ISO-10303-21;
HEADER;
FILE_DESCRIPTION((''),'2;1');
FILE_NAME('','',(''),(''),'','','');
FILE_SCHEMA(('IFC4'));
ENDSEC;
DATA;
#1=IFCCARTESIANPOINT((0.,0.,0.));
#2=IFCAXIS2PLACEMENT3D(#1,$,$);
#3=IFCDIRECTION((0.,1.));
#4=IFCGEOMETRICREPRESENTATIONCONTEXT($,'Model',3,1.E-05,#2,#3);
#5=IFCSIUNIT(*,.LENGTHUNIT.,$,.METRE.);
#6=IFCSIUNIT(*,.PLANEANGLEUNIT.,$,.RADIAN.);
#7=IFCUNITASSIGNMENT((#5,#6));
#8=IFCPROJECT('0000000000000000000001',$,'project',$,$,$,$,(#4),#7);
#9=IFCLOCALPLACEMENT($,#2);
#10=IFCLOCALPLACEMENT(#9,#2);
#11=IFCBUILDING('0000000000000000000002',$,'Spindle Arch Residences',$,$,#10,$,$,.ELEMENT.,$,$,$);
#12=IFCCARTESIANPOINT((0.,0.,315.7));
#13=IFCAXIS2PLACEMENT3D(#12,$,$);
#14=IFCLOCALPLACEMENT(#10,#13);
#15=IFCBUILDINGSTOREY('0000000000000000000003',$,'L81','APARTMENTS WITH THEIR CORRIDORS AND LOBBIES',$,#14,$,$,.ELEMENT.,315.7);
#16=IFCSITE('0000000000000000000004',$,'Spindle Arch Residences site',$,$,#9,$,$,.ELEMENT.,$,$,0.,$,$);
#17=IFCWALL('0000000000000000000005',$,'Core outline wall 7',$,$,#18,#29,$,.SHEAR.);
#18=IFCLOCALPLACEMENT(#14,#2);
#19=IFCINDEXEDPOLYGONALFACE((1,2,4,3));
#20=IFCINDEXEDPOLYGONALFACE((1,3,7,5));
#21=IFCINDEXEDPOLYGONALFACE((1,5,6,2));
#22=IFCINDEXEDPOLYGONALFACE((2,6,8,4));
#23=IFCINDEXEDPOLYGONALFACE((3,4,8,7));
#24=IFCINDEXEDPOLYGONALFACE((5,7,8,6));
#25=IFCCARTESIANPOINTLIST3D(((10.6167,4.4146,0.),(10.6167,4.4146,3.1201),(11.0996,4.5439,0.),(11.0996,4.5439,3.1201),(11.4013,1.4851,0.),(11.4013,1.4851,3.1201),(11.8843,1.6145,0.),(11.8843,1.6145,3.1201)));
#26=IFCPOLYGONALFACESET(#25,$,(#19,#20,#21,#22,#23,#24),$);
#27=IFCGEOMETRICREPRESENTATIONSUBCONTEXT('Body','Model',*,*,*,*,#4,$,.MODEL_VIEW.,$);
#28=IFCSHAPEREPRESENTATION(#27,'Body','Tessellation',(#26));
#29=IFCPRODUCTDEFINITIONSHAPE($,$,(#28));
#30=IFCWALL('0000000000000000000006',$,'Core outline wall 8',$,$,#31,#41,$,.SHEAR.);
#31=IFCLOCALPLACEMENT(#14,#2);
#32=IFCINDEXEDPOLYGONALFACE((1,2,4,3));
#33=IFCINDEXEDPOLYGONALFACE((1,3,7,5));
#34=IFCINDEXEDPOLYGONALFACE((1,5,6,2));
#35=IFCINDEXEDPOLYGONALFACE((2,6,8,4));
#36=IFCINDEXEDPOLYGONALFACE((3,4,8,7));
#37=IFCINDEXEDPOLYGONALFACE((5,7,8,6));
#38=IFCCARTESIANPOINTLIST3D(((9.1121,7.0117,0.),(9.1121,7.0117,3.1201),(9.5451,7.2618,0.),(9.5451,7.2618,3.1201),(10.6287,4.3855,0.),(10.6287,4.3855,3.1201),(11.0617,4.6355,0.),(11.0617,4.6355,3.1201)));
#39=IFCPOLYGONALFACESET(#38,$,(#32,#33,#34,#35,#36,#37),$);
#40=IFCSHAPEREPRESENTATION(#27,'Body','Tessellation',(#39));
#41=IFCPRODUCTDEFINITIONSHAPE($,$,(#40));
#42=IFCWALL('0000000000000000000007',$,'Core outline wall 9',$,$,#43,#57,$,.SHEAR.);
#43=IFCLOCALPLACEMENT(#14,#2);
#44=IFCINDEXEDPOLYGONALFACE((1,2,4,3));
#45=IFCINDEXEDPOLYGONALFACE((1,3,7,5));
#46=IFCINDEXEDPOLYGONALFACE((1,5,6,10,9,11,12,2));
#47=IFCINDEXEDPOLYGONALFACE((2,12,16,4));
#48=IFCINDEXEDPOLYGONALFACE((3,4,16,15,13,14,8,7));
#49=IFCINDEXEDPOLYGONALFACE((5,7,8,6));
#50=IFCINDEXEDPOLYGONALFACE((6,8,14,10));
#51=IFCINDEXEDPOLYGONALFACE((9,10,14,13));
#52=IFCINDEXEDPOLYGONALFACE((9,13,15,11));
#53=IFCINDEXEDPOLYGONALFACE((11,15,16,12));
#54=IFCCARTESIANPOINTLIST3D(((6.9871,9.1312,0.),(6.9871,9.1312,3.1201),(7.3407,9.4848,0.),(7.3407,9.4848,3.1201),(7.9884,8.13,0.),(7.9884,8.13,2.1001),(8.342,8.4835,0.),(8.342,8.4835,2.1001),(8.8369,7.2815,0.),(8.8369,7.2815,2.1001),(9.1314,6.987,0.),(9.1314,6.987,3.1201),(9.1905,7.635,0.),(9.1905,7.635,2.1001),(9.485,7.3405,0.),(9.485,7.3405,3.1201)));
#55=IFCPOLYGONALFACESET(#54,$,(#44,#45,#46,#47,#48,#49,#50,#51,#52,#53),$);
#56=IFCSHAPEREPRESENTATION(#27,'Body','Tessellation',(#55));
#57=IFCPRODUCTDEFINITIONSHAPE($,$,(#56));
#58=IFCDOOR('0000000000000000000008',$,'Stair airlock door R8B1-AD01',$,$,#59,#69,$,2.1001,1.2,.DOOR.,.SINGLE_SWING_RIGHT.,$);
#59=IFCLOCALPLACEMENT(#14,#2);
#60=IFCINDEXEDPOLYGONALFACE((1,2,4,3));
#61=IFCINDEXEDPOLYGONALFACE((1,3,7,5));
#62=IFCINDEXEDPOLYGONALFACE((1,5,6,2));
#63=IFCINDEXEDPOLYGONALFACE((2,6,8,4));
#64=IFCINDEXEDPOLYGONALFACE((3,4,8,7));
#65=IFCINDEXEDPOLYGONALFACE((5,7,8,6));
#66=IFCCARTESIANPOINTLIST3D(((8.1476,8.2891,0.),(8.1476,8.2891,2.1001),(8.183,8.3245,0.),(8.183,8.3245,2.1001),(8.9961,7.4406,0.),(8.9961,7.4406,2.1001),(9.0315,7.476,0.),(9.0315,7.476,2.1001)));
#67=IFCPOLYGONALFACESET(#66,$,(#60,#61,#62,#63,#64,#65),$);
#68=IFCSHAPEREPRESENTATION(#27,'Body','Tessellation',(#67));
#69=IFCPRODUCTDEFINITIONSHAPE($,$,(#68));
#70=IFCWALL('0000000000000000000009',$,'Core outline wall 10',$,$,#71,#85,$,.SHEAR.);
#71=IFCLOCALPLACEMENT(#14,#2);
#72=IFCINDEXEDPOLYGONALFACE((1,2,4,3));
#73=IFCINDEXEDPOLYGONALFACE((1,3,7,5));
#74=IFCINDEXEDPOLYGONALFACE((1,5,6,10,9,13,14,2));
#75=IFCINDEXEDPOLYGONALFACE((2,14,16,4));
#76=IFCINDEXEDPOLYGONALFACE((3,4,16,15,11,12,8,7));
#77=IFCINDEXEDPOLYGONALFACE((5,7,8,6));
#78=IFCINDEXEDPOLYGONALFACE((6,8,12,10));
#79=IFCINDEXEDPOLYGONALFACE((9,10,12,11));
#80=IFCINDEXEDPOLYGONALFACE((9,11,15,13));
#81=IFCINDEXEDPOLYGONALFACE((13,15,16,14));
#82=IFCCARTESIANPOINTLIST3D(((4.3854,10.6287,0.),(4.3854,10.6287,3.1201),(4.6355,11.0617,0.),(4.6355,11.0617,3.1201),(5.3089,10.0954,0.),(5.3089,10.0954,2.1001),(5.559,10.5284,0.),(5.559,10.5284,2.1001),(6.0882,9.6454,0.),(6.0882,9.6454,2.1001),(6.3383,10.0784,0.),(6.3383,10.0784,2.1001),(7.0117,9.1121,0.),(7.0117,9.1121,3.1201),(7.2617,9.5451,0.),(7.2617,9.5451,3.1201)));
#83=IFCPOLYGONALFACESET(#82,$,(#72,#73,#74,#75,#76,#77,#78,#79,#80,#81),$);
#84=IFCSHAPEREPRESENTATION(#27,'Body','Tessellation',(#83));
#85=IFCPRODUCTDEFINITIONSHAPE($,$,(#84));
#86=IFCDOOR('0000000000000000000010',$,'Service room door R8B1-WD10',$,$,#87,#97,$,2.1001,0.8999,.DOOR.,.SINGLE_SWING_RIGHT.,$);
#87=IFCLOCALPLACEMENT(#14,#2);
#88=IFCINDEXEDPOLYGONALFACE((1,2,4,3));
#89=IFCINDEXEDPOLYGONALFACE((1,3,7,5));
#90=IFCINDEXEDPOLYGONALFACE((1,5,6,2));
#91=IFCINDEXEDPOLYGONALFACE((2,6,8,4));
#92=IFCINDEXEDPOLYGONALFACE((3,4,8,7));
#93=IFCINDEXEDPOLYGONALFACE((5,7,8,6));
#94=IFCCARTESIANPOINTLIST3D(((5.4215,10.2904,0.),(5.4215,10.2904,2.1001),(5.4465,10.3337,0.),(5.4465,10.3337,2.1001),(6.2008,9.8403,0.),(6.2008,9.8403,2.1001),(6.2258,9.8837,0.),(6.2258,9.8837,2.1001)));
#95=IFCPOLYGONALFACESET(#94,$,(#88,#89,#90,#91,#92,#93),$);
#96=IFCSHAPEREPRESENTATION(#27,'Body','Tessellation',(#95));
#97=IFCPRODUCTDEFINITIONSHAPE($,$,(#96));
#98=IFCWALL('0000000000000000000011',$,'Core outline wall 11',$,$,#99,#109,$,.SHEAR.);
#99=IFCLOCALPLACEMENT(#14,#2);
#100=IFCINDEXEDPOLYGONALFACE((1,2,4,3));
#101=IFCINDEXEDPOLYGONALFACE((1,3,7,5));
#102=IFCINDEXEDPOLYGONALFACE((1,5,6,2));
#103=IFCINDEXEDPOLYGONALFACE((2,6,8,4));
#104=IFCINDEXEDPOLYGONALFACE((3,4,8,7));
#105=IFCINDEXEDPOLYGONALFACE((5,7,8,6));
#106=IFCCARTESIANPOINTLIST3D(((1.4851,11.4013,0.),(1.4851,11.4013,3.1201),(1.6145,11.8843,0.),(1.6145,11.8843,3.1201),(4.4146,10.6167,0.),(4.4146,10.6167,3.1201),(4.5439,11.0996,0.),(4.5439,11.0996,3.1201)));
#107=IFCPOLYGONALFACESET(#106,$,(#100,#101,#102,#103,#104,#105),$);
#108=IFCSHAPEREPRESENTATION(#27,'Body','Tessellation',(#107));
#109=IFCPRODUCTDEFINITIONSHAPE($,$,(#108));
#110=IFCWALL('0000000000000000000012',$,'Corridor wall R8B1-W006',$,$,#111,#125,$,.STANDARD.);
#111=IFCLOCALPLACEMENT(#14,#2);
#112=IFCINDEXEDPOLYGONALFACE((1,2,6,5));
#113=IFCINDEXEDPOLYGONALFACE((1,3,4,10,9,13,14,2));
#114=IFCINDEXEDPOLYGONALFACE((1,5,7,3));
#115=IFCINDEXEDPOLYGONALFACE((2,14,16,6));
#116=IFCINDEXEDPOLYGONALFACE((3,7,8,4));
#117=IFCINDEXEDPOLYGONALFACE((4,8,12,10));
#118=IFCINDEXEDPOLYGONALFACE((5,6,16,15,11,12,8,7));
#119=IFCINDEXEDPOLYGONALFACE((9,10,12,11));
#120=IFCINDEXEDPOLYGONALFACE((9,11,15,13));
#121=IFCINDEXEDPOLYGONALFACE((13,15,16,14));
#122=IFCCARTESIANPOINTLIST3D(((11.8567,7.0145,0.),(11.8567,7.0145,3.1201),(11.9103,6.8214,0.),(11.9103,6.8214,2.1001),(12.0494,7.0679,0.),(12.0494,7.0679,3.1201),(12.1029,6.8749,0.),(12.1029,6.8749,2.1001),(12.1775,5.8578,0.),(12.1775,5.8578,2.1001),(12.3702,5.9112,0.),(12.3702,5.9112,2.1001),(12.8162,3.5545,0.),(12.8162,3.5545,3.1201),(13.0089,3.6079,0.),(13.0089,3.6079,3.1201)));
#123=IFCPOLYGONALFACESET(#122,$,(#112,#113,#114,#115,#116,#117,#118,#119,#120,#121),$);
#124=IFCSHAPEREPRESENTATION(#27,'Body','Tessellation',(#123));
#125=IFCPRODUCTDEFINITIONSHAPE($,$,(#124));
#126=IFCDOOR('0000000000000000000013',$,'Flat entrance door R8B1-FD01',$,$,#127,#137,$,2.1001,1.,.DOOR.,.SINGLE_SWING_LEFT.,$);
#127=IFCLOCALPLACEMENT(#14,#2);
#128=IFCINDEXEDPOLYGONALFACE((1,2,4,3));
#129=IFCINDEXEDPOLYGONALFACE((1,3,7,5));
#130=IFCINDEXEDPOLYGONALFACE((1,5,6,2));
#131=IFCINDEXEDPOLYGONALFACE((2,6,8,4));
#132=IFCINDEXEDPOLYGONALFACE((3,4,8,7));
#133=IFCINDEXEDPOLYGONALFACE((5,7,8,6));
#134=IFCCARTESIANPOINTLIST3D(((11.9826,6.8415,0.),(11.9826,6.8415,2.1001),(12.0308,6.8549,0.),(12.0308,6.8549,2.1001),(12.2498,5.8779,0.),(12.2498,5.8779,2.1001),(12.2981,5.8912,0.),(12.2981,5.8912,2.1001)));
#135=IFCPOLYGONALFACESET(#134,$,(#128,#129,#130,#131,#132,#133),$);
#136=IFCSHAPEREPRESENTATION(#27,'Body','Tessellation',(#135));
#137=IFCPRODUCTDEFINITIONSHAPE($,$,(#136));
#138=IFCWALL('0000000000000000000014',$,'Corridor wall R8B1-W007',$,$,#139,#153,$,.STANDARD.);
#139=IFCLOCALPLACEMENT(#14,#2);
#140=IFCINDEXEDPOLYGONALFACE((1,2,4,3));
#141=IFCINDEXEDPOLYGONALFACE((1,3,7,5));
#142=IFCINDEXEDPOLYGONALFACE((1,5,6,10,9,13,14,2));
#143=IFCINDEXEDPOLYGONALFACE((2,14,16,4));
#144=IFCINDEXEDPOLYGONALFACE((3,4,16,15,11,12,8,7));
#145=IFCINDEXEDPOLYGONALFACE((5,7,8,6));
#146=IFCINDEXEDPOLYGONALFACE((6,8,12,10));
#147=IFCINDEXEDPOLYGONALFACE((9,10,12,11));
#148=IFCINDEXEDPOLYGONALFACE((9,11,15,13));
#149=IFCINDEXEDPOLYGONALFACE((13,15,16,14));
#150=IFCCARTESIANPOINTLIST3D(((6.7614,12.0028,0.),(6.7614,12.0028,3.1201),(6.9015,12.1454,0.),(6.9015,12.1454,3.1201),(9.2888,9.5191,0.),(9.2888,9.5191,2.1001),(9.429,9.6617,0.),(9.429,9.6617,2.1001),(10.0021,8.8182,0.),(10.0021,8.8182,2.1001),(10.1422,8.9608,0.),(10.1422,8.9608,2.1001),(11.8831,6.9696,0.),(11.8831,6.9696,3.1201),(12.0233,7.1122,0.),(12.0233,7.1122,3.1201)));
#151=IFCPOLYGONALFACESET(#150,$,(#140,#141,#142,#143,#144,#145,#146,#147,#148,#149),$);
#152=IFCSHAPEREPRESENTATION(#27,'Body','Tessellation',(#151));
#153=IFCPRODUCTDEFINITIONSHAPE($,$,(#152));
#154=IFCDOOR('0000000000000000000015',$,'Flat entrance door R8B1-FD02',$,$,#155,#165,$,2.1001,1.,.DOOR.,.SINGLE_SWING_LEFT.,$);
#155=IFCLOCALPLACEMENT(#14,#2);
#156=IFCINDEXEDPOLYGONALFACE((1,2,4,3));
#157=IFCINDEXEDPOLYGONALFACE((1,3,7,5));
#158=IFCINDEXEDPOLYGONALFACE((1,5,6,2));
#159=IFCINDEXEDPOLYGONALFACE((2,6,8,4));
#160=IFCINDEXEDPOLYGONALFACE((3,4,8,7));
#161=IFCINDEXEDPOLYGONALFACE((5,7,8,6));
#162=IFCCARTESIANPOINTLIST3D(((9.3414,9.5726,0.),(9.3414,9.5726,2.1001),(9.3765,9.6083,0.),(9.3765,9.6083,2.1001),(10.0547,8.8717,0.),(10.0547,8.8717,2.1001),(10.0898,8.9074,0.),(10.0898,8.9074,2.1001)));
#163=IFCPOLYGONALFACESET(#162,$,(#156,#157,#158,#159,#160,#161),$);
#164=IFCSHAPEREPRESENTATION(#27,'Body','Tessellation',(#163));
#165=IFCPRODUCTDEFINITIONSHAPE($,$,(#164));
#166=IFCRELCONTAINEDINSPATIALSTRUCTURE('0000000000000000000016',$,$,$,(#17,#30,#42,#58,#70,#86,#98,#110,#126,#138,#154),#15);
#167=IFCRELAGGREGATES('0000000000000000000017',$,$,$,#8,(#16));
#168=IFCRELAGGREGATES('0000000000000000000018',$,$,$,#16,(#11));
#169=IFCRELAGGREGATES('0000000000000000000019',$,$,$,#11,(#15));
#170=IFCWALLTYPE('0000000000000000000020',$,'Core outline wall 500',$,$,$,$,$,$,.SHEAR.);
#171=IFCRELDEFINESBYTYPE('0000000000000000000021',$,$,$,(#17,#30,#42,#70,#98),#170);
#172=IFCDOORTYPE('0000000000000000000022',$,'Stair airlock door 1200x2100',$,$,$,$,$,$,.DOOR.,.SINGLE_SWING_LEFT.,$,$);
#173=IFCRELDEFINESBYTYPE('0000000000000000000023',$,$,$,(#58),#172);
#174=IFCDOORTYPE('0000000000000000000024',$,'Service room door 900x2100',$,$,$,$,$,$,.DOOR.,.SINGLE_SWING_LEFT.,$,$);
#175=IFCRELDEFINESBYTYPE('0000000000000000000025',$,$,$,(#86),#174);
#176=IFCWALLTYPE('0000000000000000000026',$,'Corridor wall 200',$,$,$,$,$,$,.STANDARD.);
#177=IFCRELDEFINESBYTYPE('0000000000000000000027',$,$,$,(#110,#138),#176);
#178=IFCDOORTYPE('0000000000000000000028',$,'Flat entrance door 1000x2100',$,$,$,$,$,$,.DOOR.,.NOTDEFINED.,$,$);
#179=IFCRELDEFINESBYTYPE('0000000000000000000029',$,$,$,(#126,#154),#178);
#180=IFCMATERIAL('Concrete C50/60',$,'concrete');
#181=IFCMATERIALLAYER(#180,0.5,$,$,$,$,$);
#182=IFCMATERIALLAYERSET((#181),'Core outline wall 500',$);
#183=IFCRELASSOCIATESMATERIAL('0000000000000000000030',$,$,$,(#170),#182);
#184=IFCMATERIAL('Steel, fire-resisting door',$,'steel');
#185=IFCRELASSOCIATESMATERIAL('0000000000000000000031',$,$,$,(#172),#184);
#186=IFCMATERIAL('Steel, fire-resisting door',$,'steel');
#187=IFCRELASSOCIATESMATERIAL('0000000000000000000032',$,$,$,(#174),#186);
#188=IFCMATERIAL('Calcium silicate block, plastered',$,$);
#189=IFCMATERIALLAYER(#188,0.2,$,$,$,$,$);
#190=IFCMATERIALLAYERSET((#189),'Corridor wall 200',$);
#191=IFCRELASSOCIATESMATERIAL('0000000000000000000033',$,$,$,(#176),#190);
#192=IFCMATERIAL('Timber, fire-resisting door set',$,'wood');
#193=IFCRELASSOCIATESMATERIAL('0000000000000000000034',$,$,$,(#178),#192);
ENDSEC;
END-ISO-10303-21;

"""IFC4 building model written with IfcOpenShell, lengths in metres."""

from ifc_helpers import new_model, si_unit, direction, frame, frame_2d, origin, place, context, subcontext, project, spatial, rectangle, extrude, material, layer, layer_set, type_object, element, fill, save


model = new_model("IFC4")

# Units and contexts
model_context = context("Model", 3, precision=1e-05, world=origin(), true_north=direction((0.0, 1.0)))
body_context = subcontext(model_context, "Body", "Model", "MODEL_VIEW")
ifc_project = project(units=[si_unit("LENGTHUNIT", "METRE"), si_unit("PLANEANGLEUNIT", "RADIAN")], contexts=[model_context])

# Site, building, storey
site_placement = place(None, origin())
site = spatial("IfcSite", under=ifc_project, at=site_placement, Name="Spindle Arch Residences site", CompositionType="ELEMENT", RefElevation=0.0)
building_placement = place(site_placement, origin())
building = spatial("IfcBuilding", under=site, at=building_placement, Name="Spindle Arch Residences", CompositionType="ELEMENT")
storey_placement = place(building_placement, frame((0.0, 0.0, 315.7)))
storey = spatial("IfcBuildingStorey", under=building, at=storey_placement, Name="L81", Description="APARTMENTS WITH THEIR CORRIDORS AND LOBBIES", CompositionType="ELEMENT", Elevation=315.7)

# Walls
ifc_material_1 = material(Name="Concrete C50/60", Category="concrete")
ifc_layer_1 = layer(ifc_material_1, 0.5)
ifc_layer_set_1 = layer_set([ifc_layer_1], Name="Core outline wall 500")
wall_type_1 = type_object("IfcWallType", Name="Core outline wall 500", PredefinedType="SHEAR", material=ifc_layer_set_1)
for number, where, z_axis, x_axis, name in (
    (1, (11.6428, 1.5498, 0.0), (0.0, 0.0, 1.0), (-0.258735, 0.965948, 0.0), "Core outline wall 7"),
    (2, (10.8452, 4.5105, 0.0), (0.0, 0.0, 1.0), (-0.500087, 0.865975, 0.0), "Core outline wall 8"),
):
    element("IfcWall", number, at=place(storey_placement, frame(where, z_axis=z_axis, x_axis=x_axis)), inside=storey, type_object=wall_type_1, Name=name, PredefinedType="SHEAR", context=body_context, shape_type="SweptSolid", body=[
        extrude(rectangle(XDim=3.0327, YDim=0.5, at=frame_2d((1.5164, 0.0))), origin(), (0.0, 0.0, 1.0), 3.1201),
    ])

# Walls, openings, doors
wall_1_placement = place(storey_placement, frame((9.3081, 7.1638, 0.0), z_axis=(0.0, 0.0, 1.0), x_axis=(-0.707107, 0.707107, 0.0)))
wall_1 = element("IfcWall", 3, at=wall_1_placement, inside=storey, type_object=wall_type_1, Name="Core outline wall 9", PredefinedType="SHEAR", context=body_context, shape_type="SweptSolid", body=[
    extrude(rectangle(XDim=3.0325, YDim=0.5, at=frame_2d((1.5161, 0.0))), origin(), (0.0, 0.0, 1.0), 3.1201),
])
opening_1_placement = place(wall_1_placement, frame((0.4163, 0.0, 0.0)))
opening_1 = element("IfcOpeningElement", 4, at=opening_1_placement, cuts=wall_1, PredefinedType="OPENING", context=body_context, shape_type="SweptSolid", body=[
    extrude(rectangle(XDim=1.2, YDim=2.1001, at=frame_2d((0.6001, 1.05))), frame((0.0, 0.26, 0.0), z_axis=(0.0, -1.0, 0.0), x_axis=(1.0, 0.0, 0.0)), (0.0, 0.0, 1.0), 0.52),
])
ifc_material_2 = material(Name="Steel, fire-resisting door", Category="steel")
door_type_1 = type_object("IfcDoorType", Name="Stair airlock door 1200x2100", OperationType="SINGLE_SWING_LEFT", PredefinedType="DOOR", material=ifc_material_2)
door_1_placement = place(opening_1_placement, origin())
door_1 = element("IfcDoor", 5, at=door_1_placement, inside=storey, type_object=door_type_1, Name="Stair airlock door R8B1-AD01", OperationType="SINGLE_SWING_RIGHT", OverallHeight=2.1001, OverallWidth=1.2, PredefinedType="DOOR", context=body_context, shape_type="SweptSolid", body=[
    extrude(rectangle(XDim=1.2, YDim=2.1001, at=frame_2d((0.6001, 1.05))), frame((0.0, 0.0249, 0.0), z_axis=(0.0, -1.0, 0.0), x_axis=(1.0, 0.0, 0.0)), (0.0, 0.0, 1.0), 0.05),
])
fill(opening_1, door_1)
wall_2_placement = place(storey_placement, frame((7.1367, 9.3286, 0.0), z_axis=(0.0, 0.0, 1.0), x_axis=(-0.865975, 0.500087, 0.0)))
wall_2 = element("IfcWall", 6, at=wall_2_placement, inside=storey, type_object=wall_type_1, Name="Core outline wall 10", PredefinedType="SHEAR", context=body_context, shape_type="SweptSolid", body=[
    extrude(rectangle(XDim=3.0327, YDim=0.5, at=frame_2d((1.5164, 0.0))), origin(), (0.0, 0.0, 1.0), 3.1201),
])
opening_2_placement = place(wall_2_placement, frame((1.0664, 0.0, 0.0)))
opening_2 = element("IfcOpeningElement", 7, at=opening_2_placement, cuts=wall_2, PredefinedType="OPENING", context=body_context, shape_type="SweptSolid", body=[
    extrude(rectangle(XDim=0.8999, YDim=2.1001, at=frame_2d((0.45, 1.05))), frame((0.0, 0.26, 0.0), z_axis=(0.0, -1.0, 0.0), x_axis=(1.0, 0.0, 0.0)), (0.0, 0.0, 1.0), 0.52),
])
ifc_material_3 = material(Name="Steel, fire-resisting door", Category="steel")
door_type_2 = type_object("IfcDoorType", Name="Service room door 900x2100", OperationType="SINGLE_SWING_LEFT", PredefinedType="DOOR", material=ifc_material_3)
door_2_placement = place(opening_2_placement, origin())
door_2 = element("IfcDoor", 8, at=door_2_placement, inside=storey, type_object=door_type_2, Name="Service room door R8B1-WD10", OperationType="SINGLE_SWING_RIGHT", OverallHeight=2.1001, OverallWidth=0.8999, PredefinedType="DOOR", context=body_context, shape_type="SweptSolid", body=[
    extrude(rectangle(XDim=0.8999, YDim=2.1001, at=frame_2d((0.45, 1.05))), frame((0.0, 0.0249, 0.0), z_axis=(0.0, -1.0, 0.0), x_axis=(1.0, 0.0, 0.0)), (0.0, 0.0, 1.0), 0.05),
])
fill(opening_2, door_2)

# Wall
wall_3_placement = place(storey_placement, frame((4.4792, 10.8582, 0.0), z_axis=(0.0, 0.0, 1.0), x_axis=(-0.965948, 0.258735, 0.0)))
element("IfcWall", 9, at=wall_3_placement, inside=storey, type_object=wall_type_1, Name="Core outline wall 11", PredefinedType="SHEAR", context=body_context, shape_type="SweptSolid", body=[
    extrude(rectangle(XDim=3.0327, YDim=0.5, at=frame_2d((1.5164, 0.0))), origin(), (0.0, 0.0, 1.0), 3.1201),
])

# Walls, openings, doors
ifc_material_4 = material(Name="Calcium silicate block, plastered")
ifc_layer_2 = layer(ifc_material_4, 0.2)
ifc_layer_set_2 = layer_set([ifc_layer_2], Name="Corridor wall 200")
wall_type_2 = type_object("IfcWallType", Name="Corridor wall 200", PredefinedType="STANDARD", material=ifc_layer_set_2)
wall_4_placement = place(storey_placement, frame((12.9126, 3.5811, 0.0), z_axis=(0.0, 0.0, 1.0), x_axis=(-0.267223, 0.963635, 0.0)))
wall_4 = element("IfcWall", 10, at=wall_4_placement, inside=storey, type_object=wall_type_2, Name="Corridor wall R8B1-W006", PredefinedType="STANDARD", context=body_context, shape_type="SweptSolid", body=[
    extrude(rectangle(XDim=3.5906, YDim=0.2, at=frame_2d((1.7954, 0.0))), origin(), (0.0, 0.0, 1.0), 3.1201),
])
opening_3_placement = place(wall_4_placement, frame((2.3904, 0.0, 0.0)))
opening_3 = element("IfcOpeningElement", 11, at=opening_3_placement, cuts=wall_4, PredefinedType="OPENING", context=body_context, shape_type="SweptSolid", body=[
    extrude(rectangle(XDim=1.0, YDim=2.1001, at=frame_2d((0.5, 1.05))), frame((0.0, 0.1099, 0.0), z_axis=(0.0, -1.0, 0.0), x_axis=(1.0, 0.0, 0.0)), (0.0, 0.0, 1.0), 0.22),
])
ifc_material_5 = material(Name="Timber, fire-resisting door set", Category="wood")
door_type_3 = type_object("IfcDoorType", Name="Flat entrance door 1000x2100", OperationType="NOTDEFINED", PredefinedType="DOOR", material=ifc_material_5)
door_3_placement = place(opening_3_placement, origin())
door_3 = element("IfcDoor", 12, at=door_3_placement, inside=storey, type_object=door_type_3, Name="Flat entrance door R8B1-FD01", OperationType="SINGLE_SWING_LEFT", OverallHeight=2.1001, OverallWidth=1.0, PredefinedType="DOOR", context=body_context, shape_type="SweptSolid", body=[
    extrude(rectangle(XDim=1.0, YDim=2.1001, at=frame_2d((0.5, 1.05))), frame((0.0, 0.0249, 0.0), z_axis=(0.0, -1.0, 0.0), x_axis=(1.0, 0.0, 0.0)), (0.0, 0.0, 1.0), 0.05),
])
fill(opening_3, door_3)
wall_5_placement = place(storey_placement, frame((11.9531, 7.041, 0.0), z_axis=(0.0, 0.0, 1.0), x_axis=(-0.713251, 0.700909, 0.0)))
wall_5 = element("IfcWall", 13, at=wall_5_placement, inside=storey, type_object=wall_type_2, Name="Corridor wall R8B1-W007", PredefinedType="STANDARD", context=body_context, shape_type="SweptSolid", body=[
    extrude(rectangle(XDim=7.1809, YDim=0.2, at=frame_2d((3.5903, 0.0))), origin(), (0.0, 0.0, 1.0), 3.1201),
])
opening_4_placement = place(wall_5_placement, frame((2.6372, 0.0, 0.0)))
opening_4 = element("IfcOpeningElement", 14, at=opening_4_placement, cuts=wall_5, PredefinedType="OPENING", context=body_context, shape_type="SweptSolid", body=[
    extrude(rectangle(XDim=1.0, YDim=2.1001, at=frame_2d((0.5, 1.05))), frame((0.0, 0.1099, 0.0), z_axis=(0.0, -1.0, 0.0), x_axis=(1.0, 0.0, 0.0)), (0.0, 0.0, 1.0), 0.22),
])
door_4_placement = place(opening_4_placement, origin())
door_4 = element("IfcDoor", 15, at=door_4_placement, inside=storey, type_object=door_type_3, Name="Flat entrance door R8B1-FD02", OperationType="SINGLE_SWING_LEFT", OverallHeight=2.1001, OverallWidth=1.0, PredefinedType="DOOR", context=body_context, shape_type="SweptSolid", body=[
    extrude(rectangle(XDim=1.0, YDim=2.1001, at=frame_2d((0.5, 1.05))), frame((0.0, 0.0249, 0.0), z_axis=(0.0, -1.0, 0.0), x_axis=(1.0, 0.0, 0.0)), (0.0, 0.0, 1.0), 0.05),
])
fill(opening_4, door_4)

save(model, "model.ifc")
